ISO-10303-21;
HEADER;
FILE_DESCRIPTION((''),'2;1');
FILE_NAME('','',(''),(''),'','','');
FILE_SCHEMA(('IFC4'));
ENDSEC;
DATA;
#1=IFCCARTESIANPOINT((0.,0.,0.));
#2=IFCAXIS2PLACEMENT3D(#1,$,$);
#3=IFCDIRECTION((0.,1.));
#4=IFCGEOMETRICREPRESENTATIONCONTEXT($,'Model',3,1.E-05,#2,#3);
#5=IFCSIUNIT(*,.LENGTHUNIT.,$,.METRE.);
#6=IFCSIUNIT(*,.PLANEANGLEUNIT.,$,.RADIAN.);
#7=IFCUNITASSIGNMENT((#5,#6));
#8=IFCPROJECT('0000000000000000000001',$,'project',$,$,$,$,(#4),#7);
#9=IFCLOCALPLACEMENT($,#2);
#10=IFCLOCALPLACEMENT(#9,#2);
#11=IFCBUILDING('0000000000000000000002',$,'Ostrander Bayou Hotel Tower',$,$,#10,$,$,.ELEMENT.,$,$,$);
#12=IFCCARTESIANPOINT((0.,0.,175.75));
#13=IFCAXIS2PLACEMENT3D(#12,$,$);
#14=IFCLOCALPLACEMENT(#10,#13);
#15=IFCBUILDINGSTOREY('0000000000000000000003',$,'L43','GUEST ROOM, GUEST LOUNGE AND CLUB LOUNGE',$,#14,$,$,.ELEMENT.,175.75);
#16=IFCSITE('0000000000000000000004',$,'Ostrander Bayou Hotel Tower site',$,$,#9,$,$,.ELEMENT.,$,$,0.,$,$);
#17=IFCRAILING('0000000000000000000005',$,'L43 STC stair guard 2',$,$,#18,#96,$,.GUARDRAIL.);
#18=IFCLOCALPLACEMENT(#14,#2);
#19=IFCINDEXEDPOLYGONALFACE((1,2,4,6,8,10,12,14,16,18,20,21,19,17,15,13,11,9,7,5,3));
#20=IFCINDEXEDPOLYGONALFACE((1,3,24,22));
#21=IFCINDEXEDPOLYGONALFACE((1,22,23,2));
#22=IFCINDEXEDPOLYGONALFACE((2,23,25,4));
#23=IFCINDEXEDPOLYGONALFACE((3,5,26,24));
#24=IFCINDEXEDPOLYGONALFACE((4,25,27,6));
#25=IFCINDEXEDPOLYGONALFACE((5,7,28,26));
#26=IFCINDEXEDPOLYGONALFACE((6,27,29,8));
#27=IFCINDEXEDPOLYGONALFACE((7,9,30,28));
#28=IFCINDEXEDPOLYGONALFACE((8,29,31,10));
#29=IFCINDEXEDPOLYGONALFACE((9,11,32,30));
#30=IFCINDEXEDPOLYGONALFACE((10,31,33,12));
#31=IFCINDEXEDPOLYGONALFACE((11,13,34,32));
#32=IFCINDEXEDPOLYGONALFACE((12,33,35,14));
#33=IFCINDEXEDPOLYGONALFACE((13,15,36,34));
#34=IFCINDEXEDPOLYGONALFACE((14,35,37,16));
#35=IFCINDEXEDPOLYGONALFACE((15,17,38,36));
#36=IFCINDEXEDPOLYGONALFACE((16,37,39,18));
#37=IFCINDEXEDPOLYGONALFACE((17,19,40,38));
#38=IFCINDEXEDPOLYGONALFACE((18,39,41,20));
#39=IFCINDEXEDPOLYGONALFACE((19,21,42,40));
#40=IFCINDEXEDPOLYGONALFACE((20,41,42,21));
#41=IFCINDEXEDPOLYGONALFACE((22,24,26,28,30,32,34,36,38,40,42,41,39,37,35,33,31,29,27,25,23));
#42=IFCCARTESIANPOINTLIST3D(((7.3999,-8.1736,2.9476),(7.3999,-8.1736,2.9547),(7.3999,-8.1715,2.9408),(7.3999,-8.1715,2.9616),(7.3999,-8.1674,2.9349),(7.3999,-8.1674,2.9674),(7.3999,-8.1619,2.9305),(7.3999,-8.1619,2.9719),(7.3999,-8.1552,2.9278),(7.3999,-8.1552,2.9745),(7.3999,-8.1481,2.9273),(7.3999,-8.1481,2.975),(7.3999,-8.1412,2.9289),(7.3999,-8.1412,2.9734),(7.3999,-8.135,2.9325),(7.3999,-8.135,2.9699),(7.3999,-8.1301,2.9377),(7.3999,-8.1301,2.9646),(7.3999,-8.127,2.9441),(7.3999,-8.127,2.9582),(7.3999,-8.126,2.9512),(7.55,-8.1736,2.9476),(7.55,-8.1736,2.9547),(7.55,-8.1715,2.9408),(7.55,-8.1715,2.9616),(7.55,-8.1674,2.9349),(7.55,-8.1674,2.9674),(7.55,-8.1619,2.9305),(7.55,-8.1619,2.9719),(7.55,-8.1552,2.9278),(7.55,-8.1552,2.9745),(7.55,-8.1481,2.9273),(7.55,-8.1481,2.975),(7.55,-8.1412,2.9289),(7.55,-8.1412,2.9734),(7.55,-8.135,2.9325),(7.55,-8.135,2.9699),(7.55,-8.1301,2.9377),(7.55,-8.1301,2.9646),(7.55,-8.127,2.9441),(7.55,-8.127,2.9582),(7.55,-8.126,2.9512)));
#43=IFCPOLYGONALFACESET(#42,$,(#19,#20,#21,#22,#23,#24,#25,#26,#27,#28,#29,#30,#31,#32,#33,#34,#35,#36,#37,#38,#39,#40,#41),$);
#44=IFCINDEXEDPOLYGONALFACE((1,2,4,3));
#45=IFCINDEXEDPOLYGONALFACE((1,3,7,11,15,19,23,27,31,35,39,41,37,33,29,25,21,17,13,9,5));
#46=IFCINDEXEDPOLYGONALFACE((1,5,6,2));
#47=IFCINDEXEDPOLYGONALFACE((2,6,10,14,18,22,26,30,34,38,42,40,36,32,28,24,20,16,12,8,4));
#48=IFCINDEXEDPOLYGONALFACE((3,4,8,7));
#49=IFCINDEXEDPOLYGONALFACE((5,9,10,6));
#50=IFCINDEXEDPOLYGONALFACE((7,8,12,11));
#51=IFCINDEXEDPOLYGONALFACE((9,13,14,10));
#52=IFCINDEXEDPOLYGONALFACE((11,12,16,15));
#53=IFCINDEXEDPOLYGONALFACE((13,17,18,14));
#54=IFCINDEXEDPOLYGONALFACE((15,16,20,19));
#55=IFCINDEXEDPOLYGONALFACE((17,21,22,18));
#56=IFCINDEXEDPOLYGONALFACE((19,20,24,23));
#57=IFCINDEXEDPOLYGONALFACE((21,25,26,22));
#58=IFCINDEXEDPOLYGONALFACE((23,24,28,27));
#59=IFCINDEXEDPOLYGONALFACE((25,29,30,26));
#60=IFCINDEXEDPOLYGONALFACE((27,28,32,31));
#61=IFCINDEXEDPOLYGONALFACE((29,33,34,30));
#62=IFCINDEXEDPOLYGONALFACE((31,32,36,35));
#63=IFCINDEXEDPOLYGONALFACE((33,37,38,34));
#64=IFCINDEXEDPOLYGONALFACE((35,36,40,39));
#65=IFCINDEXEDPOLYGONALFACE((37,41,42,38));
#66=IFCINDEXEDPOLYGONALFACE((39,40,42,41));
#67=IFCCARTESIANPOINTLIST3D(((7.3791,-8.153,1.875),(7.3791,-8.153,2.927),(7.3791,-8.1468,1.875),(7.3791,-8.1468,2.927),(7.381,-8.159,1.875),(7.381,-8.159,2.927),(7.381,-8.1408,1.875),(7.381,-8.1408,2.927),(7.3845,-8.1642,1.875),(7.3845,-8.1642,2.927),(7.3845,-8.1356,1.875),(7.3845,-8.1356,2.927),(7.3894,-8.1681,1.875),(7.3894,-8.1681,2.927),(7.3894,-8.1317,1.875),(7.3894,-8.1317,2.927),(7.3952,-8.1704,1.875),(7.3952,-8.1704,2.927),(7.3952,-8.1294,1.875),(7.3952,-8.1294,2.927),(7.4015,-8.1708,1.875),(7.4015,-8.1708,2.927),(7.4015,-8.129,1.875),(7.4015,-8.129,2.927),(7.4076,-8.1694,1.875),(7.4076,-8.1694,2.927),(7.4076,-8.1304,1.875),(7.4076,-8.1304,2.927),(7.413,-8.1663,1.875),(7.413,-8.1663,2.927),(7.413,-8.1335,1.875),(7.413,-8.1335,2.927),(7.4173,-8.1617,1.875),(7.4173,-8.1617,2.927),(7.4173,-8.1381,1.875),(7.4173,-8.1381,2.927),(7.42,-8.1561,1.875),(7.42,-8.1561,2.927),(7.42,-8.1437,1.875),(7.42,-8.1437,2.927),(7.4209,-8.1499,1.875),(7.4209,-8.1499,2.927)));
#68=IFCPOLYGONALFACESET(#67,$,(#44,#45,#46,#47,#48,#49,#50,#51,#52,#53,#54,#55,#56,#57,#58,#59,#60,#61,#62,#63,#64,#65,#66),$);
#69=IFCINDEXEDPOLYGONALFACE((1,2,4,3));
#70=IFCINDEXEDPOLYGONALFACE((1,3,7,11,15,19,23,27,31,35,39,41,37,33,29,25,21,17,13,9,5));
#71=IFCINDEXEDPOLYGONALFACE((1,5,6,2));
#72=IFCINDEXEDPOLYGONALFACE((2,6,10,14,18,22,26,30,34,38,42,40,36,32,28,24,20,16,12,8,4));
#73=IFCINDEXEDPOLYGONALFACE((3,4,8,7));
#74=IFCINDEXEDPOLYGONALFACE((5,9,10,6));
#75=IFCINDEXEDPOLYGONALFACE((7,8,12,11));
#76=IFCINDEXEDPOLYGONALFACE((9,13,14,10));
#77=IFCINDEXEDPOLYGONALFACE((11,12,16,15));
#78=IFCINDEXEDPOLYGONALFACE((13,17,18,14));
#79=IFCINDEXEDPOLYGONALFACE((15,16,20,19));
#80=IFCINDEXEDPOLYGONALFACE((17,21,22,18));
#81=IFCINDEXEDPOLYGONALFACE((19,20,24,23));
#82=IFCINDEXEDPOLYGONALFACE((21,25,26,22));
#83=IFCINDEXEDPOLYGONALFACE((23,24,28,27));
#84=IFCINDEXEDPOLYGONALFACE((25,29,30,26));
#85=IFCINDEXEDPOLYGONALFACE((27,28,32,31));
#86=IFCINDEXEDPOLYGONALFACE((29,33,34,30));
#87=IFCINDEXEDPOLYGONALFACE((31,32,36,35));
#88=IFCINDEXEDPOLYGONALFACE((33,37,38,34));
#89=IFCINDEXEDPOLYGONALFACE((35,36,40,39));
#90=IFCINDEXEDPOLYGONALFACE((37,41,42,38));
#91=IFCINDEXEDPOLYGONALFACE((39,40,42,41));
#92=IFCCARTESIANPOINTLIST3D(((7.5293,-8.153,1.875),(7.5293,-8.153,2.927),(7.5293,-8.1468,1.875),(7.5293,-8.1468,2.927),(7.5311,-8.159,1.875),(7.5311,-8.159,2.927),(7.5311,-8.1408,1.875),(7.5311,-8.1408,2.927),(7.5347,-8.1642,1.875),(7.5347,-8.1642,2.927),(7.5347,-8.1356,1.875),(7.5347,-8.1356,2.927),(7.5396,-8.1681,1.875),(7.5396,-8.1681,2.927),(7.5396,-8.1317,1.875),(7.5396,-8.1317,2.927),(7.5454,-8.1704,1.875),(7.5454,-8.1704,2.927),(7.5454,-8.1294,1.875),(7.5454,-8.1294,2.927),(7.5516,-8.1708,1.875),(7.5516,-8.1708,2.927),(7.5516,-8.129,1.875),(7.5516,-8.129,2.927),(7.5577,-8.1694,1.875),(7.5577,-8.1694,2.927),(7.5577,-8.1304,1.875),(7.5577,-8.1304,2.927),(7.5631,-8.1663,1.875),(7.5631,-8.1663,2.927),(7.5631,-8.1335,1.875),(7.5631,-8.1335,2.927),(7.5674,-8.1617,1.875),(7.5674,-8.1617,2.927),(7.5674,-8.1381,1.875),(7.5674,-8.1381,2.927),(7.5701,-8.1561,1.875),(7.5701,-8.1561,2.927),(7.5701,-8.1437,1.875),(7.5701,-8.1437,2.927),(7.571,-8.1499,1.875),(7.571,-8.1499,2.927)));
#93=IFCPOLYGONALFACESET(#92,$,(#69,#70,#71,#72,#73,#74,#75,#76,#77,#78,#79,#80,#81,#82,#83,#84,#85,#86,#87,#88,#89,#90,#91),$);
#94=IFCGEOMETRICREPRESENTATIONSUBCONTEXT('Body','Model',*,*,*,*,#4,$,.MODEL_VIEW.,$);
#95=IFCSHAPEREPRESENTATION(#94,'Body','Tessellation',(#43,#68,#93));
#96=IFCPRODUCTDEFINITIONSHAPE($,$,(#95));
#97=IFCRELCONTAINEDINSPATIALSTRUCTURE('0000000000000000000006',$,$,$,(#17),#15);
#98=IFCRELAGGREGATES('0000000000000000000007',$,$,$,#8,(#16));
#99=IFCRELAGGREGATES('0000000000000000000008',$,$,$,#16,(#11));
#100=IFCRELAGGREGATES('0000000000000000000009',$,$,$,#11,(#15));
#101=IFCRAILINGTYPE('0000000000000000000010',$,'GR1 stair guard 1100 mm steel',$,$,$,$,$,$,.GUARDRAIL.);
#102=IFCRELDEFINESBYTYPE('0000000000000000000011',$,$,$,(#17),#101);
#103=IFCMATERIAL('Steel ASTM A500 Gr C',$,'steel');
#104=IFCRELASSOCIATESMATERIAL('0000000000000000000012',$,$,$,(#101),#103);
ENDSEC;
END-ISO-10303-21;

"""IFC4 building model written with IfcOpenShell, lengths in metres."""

from ifc_helpers import new_model, si_unit, direction, frame, origin, origin_2d, place, context, subcontext, project, spatial, circle, extrude, material, type_object, element, save


model = new_model("IFC4")

# Units and contexts
model_context = context("Model", 3, precision=1e-05, world=origin(), true_north=direction((0.0, 1.0)))
body_context = subcontext(model_context, "Body", "Model", "MODEL_VIEW")
ifc_project = project(units=[si_unit("LENGTHUNIT", "METRE"), si_unit("PLANEANGLEUNIT", "RADIAN")], contexts=[model_context])

# Site, building, storey
site_placement = place(None, origin())
site = spatial("IfcSite", under=ifc_project, at=site_placement, Name="Ostrander Bayou Hotel Tower site", CompositionType="ELEMENT", RefElevation=0.0)
building_placement = place(site_placement, origin())
building = spatial("IfcBuilding", under=site, at=building_placement, Name="Ostrander Bayou Hotel Tower", CompositionType="ELEMENT")
storey_placement = place(building_placement, frame((0.0, 0.0, 175.75)))
storey = spatial("IfcBuildingStorey", under=building, at=storey_placement, Name="L43", Description="GUEST ROOM, GUEST LOUNGE AND CLUB LOUNGE", CompositionType="ELEMENT", Elevation=175.75)

# Railing
ifc_material_1 = material(Name="Steel ASTM A500 Gr C", Category="steel")
railing_type_1 = type_object("IfcRailingType", Name="GR1 stair guard 1100 mm steel", PredefinedType="GUARDRAIL", material=ifc_material_1)
railing_1_placement = place(storey_placement, frame((7.3999, -8.1499, 1.875)))
element("IfcRailing", 1, at=railing_1_placement, inside=storey, type_object=railing_type_1, Name="L43 STC stair guard 2", PredefinedType="GUARDRAIL", context=body_context, shape_type="SweptSolid", body=[
    extrude(circle(Radius=0.0239, at=origin_2d()), frame((0.0, 0.0, 1.0762), z_axis=(1.0, 0.0, 0.0), x_axis=(0.0, 1.0, 0.0)), (0.0, 0.0, 1.0), 0.1501),
    extrude(circle(Radius=0.021, at=origin_2d()), origin(), (0.0, 0.0, 1.0), 1.052),
    extrude(circle(Radius=0.021, at=origin_2d()), frame((0.1501, 0.0, 0.0)), (0.0, 0.0, 1.0), 1.052),
])

save(model, "model.ifc")
